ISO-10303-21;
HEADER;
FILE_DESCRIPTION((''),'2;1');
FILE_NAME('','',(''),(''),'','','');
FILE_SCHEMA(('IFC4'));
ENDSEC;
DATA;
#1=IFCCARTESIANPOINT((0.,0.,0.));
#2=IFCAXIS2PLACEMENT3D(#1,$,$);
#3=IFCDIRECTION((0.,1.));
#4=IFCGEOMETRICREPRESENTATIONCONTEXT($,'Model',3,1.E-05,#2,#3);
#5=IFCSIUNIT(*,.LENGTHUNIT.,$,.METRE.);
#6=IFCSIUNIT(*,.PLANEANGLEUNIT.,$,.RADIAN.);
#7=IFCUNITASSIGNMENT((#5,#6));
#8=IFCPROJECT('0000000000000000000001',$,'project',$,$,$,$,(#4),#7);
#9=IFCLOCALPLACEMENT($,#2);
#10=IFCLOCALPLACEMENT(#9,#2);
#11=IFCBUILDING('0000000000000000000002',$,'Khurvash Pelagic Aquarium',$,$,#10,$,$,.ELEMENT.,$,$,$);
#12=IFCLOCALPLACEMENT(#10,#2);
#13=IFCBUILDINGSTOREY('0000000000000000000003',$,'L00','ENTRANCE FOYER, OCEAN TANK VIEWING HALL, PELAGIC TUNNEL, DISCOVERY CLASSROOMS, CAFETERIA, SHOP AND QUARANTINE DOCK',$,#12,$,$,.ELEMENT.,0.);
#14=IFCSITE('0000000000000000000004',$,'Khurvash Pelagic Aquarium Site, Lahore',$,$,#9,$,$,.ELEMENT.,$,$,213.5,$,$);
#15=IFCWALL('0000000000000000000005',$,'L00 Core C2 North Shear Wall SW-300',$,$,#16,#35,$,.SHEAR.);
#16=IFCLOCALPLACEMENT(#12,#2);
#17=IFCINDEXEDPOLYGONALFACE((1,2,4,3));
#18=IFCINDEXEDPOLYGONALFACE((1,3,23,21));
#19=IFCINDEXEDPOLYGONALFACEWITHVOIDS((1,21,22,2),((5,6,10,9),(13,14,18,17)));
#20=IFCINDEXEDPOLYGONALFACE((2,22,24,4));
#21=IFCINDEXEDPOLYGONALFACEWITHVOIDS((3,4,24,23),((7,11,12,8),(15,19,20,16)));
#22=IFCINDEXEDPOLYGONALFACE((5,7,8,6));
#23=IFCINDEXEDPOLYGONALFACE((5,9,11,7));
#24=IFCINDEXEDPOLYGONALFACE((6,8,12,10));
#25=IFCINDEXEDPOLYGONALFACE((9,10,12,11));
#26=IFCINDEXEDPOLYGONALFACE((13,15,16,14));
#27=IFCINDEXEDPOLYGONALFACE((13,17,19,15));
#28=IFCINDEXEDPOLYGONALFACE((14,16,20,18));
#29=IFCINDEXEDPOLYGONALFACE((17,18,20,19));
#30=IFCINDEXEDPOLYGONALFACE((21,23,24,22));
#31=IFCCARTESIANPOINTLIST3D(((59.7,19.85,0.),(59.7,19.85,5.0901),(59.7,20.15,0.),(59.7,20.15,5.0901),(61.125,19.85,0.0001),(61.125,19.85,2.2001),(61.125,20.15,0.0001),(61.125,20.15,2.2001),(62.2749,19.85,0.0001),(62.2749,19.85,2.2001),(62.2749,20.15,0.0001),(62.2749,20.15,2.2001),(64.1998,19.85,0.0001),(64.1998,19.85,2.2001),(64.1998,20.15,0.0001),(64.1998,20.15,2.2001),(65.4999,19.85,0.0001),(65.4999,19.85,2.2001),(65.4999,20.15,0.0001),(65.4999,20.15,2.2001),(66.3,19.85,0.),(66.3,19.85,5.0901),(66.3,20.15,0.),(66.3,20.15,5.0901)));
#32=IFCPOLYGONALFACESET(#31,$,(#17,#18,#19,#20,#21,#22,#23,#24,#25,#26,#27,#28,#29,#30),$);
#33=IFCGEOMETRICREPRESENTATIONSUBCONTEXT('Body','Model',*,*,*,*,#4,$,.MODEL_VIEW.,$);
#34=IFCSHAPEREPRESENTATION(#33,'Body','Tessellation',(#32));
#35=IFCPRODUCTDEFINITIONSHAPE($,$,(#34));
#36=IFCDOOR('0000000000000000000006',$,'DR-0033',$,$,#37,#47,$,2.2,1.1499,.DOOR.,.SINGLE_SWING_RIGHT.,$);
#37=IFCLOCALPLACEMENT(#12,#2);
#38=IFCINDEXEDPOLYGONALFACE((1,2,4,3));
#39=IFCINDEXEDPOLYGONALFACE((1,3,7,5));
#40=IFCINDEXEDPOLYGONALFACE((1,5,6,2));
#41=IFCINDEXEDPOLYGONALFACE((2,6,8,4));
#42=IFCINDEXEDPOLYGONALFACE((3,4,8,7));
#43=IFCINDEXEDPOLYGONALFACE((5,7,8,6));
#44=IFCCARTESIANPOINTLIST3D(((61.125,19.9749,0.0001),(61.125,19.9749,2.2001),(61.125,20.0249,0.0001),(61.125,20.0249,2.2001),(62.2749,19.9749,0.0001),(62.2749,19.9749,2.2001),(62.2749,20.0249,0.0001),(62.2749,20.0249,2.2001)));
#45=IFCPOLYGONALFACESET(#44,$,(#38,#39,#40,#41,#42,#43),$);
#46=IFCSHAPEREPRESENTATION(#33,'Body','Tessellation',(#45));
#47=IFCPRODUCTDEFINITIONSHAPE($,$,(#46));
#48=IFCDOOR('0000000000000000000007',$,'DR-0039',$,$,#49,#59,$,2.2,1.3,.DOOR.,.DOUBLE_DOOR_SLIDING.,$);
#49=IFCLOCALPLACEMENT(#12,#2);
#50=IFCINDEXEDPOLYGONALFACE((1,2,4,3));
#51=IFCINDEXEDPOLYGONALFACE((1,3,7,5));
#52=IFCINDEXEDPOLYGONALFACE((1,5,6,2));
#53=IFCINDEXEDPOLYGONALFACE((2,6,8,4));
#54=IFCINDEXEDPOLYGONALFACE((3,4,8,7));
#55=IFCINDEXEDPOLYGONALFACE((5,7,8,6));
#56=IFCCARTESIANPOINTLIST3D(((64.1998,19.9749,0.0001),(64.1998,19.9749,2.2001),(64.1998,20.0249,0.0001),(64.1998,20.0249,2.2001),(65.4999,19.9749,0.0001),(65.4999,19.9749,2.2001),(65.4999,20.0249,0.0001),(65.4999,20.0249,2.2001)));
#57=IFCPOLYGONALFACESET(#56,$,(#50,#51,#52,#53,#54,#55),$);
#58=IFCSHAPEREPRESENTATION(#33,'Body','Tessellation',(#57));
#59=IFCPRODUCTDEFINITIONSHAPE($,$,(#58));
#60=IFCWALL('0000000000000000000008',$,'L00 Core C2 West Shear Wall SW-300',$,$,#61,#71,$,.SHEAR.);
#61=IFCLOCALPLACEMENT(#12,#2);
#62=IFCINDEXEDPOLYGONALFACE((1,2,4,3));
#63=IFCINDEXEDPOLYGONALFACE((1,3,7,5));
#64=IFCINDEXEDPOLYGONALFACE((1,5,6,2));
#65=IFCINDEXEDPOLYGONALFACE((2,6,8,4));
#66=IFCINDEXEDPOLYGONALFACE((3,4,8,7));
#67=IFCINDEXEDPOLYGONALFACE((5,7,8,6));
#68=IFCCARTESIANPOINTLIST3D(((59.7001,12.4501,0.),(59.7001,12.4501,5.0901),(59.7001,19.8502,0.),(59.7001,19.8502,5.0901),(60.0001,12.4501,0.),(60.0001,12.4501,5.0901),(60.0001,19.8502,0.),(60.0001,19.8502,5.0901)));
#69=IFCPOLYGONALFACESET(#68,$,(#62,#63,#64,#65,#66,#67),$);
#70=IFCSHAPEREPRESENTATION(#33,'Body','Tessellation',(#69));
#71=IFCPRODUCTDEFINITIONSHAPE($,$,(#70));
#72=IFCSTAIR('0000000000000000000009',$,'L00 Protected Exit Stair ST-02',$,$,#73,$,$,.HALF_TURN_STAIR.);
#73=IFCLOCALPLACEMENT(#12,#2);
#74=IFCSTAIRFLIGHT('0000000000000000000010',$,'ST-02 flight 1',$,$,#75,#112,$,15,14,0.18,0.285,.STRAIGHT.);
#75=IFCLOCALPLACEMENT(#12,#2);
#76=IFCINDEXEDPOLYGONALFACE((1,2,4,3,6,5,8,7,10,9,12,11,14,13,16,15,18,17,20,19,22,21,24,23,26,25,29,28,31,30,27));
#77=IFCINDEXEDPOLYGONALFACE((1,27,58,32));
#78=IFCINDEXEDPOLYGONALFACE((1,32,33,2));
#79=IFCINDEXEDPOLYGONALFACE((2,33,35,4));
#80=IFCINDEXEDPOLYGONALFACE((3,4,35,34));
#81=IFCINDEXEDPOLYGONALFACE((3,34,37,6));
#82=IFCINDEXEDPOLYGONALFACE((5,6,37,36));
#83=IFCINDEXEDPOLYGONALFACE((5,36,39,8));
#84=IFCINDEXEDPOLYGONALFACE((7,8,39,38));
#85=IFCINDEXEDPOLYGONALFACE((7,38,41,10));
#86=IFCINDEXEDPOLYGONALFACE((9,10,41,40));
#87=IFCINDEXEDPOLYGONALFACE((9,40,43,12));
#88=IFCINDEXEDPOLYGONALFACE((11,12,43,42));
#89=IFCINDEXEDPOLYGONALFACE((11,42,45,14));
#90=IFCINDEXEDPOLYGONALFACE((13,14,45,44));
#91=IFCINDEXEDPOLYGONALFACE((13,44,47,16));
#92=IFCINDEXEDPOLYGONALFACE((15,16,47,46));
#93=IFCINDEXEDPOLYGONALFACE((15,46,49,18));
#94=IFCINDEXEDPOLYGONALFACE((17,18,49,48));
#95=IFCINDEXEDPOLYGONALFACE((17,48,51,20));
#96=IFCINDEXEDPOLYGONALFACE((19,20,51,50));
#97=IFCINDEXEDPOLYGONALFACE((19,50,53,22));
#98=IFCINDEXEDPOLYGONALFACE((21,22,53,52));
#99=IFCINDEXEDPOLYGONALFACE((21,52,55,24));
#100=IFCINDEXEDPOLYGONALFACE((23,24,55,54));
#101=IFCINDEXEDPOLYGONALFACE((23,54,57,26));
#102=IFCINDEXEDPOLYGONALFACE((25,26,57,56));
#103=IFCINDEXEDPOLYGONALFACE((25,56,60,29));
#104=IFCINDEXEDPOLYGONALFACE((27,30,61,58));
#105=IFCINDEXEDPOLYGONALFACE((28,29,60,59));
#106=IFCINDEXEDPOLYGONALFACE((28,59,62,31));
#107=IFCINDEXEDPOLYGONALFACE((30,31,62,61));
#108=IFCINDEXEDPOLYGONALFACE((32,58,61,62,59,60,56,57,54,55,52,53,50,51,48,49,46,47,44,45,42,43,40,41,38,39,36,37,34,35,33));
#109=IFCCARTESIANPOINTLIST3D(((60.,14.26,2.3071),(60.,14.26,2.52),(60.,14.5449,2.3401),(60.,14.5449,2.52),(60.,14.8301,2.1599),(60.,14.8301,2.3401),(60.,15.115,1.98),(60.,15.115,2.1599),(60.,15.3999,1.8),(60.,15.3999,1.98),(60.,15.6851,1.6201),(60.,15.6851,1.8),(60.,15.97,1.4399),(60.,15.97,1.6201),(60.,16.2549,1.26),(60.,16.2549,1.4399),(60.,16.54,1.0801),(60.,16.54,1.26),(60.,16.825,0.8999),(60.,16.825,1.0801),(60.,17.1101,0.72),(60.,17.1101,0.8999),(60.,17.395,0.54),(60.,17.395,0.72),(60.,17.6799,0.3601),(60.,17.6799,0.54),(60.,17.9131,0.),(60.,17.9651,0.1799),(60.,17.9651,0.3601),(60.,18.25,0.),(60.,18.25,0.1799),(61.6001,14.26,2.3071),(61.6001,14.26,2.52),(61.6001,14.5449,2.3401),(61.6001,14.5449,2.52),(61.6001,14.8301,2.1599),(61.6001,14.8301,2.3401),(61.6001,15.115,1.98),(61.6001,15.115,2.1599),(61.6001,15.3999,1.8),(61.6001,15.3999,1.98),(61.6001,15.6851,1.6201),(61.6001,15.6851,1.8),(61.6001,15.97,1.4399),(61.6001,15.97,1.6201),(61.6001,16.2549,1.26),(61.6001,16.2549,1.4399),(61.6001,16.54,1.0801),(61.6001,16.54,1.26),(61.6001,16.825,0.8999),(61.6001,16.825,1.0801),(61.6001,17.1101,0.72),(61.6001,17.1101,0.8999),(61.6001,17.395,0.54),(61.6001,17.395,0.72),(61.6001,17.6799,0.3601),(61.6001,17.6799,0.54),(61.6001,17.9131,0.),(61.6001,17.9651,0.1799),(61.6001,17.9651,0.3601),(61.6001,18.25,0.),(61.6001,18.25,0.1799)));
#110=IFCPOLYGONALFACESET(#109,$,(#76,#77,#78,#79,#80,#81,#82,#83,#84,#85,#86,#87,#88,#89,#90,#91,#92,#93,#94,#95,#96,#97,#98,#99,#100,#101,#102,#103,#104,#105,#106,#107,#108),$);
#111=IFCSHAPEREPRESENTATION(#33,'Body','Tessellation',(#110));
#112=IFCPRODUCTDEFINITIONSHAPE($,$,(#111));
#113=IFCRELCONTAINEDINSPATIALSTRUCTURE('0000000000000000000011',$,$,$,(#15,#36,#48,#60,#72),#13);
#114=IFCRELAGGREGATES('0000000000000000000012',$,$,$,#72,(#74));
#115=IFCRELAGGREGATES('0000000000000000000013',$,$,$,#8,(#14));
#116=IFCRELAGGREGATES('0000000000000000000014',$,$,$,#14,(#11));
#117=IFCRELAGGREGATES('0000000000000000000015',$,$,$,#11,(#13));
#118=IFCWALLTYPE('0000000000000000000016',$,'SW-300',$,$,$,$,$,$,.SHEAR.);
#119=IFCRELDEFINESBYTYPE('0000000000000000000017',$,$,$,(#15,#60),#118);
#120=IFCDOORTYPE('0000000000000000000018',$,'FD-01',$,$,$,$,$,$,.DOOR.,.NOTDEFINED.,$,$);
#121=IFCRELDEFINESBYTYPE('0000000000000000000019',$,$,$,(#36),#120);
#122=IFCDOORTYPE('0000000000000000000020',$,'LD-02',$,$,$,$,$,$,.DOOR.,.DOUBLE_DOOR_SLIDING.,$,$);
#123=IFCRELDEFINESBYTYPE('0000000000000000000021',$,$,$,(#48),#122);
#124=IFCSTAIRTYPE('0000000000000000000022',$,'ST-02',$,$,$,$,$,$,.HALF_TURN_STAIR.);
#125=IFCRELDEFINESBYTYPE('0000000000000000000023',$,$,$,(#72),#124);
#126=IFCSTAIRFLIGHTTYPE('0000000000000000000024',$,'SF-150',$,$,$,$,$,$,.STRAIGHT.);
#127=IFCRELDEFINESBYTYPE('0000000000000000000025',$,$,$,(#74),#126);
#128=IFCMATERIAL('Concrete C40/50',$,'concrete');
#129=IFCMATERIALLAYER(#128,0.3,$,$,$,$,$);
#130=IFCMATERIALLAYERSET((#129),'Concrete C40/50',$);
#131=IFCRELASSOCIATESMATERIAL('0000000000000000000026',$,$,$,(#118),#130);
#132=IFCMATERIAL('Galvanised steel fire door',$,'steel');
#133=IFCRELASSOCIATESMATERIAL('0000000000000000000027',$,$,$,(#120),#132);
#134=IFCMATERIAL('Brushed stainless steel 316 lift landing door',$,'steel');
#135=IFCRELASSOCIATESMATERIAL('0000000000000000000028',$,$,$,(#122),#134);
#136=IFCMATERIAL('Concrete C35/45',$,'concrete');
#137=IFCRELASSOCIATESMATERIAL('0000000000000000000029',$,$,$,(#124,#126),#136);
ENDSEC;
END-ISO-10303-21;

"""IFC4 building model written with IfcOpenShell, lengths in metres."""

from ifc_helpers import new_model, si_unit, direction, frame, frame_2d, origin, place, context, subcontext, project, spatial, polyline, rectangle, outline, extrude, material, layer, layer_set, type_object, element, fill, aggregate, save


model = new_model("IFC4")

# Units and contexts
model_context = context("Model", 3, precision=1e-05, world=origin(), true_north=direction((0.0, 1.0)))
body_context = subcontext(model_context, "Body", "Model", "MODEL_VIEW")
ifc_project = project(units=[si_unit("LENGTHUNIT", "METRE"), si_unit("PLANEANGLEUNIT", "RADIAN")], contexts=[model_context])

# Site, building, storey
site_placement = place(None, origin())
site = spatial("IfcSite", under=ifc_project, at=site_placement, Name="Khurvash Pelagic Aquarium Site, Lahore", CompositionType="ELEMENT", RefElevation=213.5)
building_placement = place(site_placement, origin())
building = spatial("IfcBuilding", under=site, at=building_placement, Name="Khurvash Pelagic Aquarium", CompositionType="ELEMENT")
storey_placement = place(building_placement, origin())
storey = spatial("IfcBuildingStorey", under=building, at=storey_placement, Name="L00", Description="ENTRANCE FOYER, OCEAN TANK VIEWING HALL, PELAGIC TUNNEL, DISCOVERY CLASSROOMS, CAFETERIA, SHOP AND QUARANTINE DOCK", CompositionType="ELEMENT", Elevation=0.0)

# Shared definitions
ifc_material_1 = material(Name="Concrete C40/50", Category="concrete")
ifc_material_2 = material(Name="Concrete C35/45", Category="concrete")

# Shared definitions
ifc_layer_1 = layer(ifc_material_1, 0.3)
ifc_layer_set_1 = layer_set([ifc_layer_1], Name="Concrete C40/50")
wall_type_1 = type_object("IfcWallType", Name="SW-300", PredefinedType="SHEAR", material=ifc_layer_set_1)

# Wall, openings, doors
wall_1_placement = place(storey_placement, frame((59.7, 20.0, 0.0), z_axis=(0.0, 0.0, 1.0), x_axis=(1.0, 0.0, 0.0)))
wall_1 = element("IfcWall", 1, at=wall_1_placement, inside=storey, type_object=wall_type_1, Name="L00 Core C2 North Shear Wall SW-300", PredefinedType="SHEAR", context=body_context, shape_type="SweptSolid", body=[
    extrude(rectangle(XDim=6.6001, YDim=0.3, at=frame_2d((3.3, 0.0))), origin(), (0.0, 0.0, 1.0), 5.0901),
])
opening_1_placement = place(wall_1_placement, frame((1.425, 0.0, 0.0)))
opening_1 = element("IfcOpeningElement", 2, at=opening_1_placement, cuts=wall_1, PredefinedType="OPENING", context=body_context, shape_type="SweptSolid", body=[
    extrude(rectangle(XDim=1.1499, YDim=2.2, at=frame_2d((0.575, 1.1001))), frame((0.0, 0.1602, 0.0), z_axis=(0.0, -1.0, 0.0), x_axis=(1.0, 0.0, 0.0)), (0.0, 0.0, 1.0), 0.3201),
])
opening_2_placement = place(wall_1_placement, frame((4.5, 0.0, 0.0)))
opening_2 = element("IfcOpeningElement", 3, at=opening_2_placement, cuts=wall_1, PredefinedType="OPENING", context=body_context, shape_type="SweptSolid", body=[
    extrude(rectangle(XDim=1.3, YDim=2.2, at=frame_2d((0.6499, 1.1001))), frame((0.0, 0.1602, 0.0), z_axis=(0.0, -1.0, 0.0), x_axis=(1.0, 0.0, 0.0)), (0.0, 0.0, 1.0), 0.3201),
])
ifc_material_3 = material(Name="Galvanised steel fire door", Category="steel")
door_type_1 = type_object("IfcDoorType", Name="FD-01", OperationType="NOTDEFINED", PredefinedType="DOOR", material=ifc_material_3)
door_1_placement = place(opening_1_placement, origin())
door_1 = element("IfcDoor", 4, at=door_1_placement, inside=storey, type_object=door_type_1, Name="DR-0033", OperationType="SINGLE_SWING_RIGHT", OverallHeight=2.2, OverallWidth=1.1499, PredefinedType="DOOR", context=body_context, shape_type="SweptSolid", body=[
    extrude(rectangle(XDim=1.1499, YDim=2.2, at=frame_2d((0.575, 1.1001))), frame((0.0, 0.0249, 0.0), z_axis=(0.0, -1.0, 0.0), x_axis=(1.0, 0.0, 0.0)), (0.0, 0.0, 1.0), 0.05),
])
fill(opening_1, door_1)
ifc_material_4 = material(Name="Brushed stainless steel 316 lift landing door", Category="steel")
door_type_2 = type_object("IfcDoorType", Name="LD-02", OperationType="DOUBLE_DOOR_SLIDING", PredefinedType="DOOR", material=ifc_material_4)
door_2_placement = place(opening_2_placement, origin())
door_2 = element("IfcDoor", 5, at=door_2_placement, inside=storey, type_object=door_type_2, Name="DR-0039", OperationType="DOUBLE_DOOR_SLIDING", OverallHeight=2.2, OverallWidth=1.3, PredefinedType="DOOR", context=body_context, shape_type="SweptSolid", body=[
    extrude(rectangle(XDim=1.3, YDim=2.2, at=frame_2d((0.6499, 1.1001))), frame((0.0, 0.0249, 0.0), z_axis=(0.0, -1.0, 0.0), x_axis=(1.0, 0.0, 0.0)), (0.0, 0.0, 1.0), 0.05),
])
fill(opening_2, door_2)

# Wall
wall_2_placement = place(storey_placement, frame((59.8501, 12.45, 0.0), z_axis=(0.0, 0.0, 1.0), x_axis=(0.0, 1.0, 0.0)))
element("IfcWall", 6, at=wall_2_placement, inside=storey, type_object=wall_type_1, Name="L00 Core C2 West Shear Wall SW-300", PredefinedType="SHEAR", context=body_context, shape_type="SweptSolid", body=[
    extrude(rectangle(XDim=7.4001, YDim=0.3, at=frame_2d((3.7002, 0.0))), origin(), (0.0, 0.0, 1.0), 5.0901),
])

# Stair, stair flight
stair_type = type_object("IfcStairType", Name="ST-02", PredefinedType="HALF_TURN_STAIR", material=ifc_material_2)
stair_placement = place(storey_placement, origin())
stair = element("IfcStair", 7, at=stair_placement, inside=storey, type_object=stair_type, Name="L00 Protected Exit Stair ST-02", PredefinedType="HALF_TURN_STAIR")
stair_flight_type = type_object("IfcStairFlightType", Name="SF-150", PredefinedType="STRAIGHT", material=ifc_material_2)
stair_flight_placement = place(storey_placement, frame((60.8, 18.25, 0.0), z_axis=(0.0, 0.0, 1.0), x_axis=(0.0, -1.0, 0.0)))
stair_flight = element("IfcStairFlight", 8, at=stair_flight_placement, type_object=stair_flight_type, Name="ST-02 flight 1", NumberOfRisers=15, NumberOfTreads=14, PredefinedType="STRAIGHT", RiserHeight=0.18, TreadLength=0.285, context=body_context, shape_type="SweptSolid", body=[
    extrude(outline(polyline([(0.0, 0.0), (0.0, 0.1799), (0.2849, 0.1799), (0.2849, 0.3601), (0.5701, 0.3601), (0.5701, 0.54), (0.855, 0.54), (0.855, 0.72), (1.1399, 0.72), (1.1399, 0.8999), (1.425, 0.8999), (1.425, 1.0801), (1.71, 1.0801), (1.71, 1.26), (1.9951, 1.26), (1.9951, 1.4399), (2.28, 1.4399), (2.28, 1.6201), (2.5649, 1.6201), (2.5649, 1.8), (2.8501, 1.8), (2.8501, 1.98), (3.135, 1.98), (3.135, 2.1599), (3.4199, 2.1599), (3.4199, 2.3401), (3.7051, 2.3401), (3.7051, 2.52), (3.99, 2.52), (3.99, 2.7), (3.99, 2.3071), (0.3369, 0.0), (0.0, 0.0)])), frame((0.0, 0.8, 0.0), z_axis=(0.0, -1.0, 0.0), x_axis=(1.0, 0.0, 0.0)), (0.0, 0.0, 1.0), 1.6001),
])
aggregate(stair, [stair_flight])

save(model, "model.ifc")
